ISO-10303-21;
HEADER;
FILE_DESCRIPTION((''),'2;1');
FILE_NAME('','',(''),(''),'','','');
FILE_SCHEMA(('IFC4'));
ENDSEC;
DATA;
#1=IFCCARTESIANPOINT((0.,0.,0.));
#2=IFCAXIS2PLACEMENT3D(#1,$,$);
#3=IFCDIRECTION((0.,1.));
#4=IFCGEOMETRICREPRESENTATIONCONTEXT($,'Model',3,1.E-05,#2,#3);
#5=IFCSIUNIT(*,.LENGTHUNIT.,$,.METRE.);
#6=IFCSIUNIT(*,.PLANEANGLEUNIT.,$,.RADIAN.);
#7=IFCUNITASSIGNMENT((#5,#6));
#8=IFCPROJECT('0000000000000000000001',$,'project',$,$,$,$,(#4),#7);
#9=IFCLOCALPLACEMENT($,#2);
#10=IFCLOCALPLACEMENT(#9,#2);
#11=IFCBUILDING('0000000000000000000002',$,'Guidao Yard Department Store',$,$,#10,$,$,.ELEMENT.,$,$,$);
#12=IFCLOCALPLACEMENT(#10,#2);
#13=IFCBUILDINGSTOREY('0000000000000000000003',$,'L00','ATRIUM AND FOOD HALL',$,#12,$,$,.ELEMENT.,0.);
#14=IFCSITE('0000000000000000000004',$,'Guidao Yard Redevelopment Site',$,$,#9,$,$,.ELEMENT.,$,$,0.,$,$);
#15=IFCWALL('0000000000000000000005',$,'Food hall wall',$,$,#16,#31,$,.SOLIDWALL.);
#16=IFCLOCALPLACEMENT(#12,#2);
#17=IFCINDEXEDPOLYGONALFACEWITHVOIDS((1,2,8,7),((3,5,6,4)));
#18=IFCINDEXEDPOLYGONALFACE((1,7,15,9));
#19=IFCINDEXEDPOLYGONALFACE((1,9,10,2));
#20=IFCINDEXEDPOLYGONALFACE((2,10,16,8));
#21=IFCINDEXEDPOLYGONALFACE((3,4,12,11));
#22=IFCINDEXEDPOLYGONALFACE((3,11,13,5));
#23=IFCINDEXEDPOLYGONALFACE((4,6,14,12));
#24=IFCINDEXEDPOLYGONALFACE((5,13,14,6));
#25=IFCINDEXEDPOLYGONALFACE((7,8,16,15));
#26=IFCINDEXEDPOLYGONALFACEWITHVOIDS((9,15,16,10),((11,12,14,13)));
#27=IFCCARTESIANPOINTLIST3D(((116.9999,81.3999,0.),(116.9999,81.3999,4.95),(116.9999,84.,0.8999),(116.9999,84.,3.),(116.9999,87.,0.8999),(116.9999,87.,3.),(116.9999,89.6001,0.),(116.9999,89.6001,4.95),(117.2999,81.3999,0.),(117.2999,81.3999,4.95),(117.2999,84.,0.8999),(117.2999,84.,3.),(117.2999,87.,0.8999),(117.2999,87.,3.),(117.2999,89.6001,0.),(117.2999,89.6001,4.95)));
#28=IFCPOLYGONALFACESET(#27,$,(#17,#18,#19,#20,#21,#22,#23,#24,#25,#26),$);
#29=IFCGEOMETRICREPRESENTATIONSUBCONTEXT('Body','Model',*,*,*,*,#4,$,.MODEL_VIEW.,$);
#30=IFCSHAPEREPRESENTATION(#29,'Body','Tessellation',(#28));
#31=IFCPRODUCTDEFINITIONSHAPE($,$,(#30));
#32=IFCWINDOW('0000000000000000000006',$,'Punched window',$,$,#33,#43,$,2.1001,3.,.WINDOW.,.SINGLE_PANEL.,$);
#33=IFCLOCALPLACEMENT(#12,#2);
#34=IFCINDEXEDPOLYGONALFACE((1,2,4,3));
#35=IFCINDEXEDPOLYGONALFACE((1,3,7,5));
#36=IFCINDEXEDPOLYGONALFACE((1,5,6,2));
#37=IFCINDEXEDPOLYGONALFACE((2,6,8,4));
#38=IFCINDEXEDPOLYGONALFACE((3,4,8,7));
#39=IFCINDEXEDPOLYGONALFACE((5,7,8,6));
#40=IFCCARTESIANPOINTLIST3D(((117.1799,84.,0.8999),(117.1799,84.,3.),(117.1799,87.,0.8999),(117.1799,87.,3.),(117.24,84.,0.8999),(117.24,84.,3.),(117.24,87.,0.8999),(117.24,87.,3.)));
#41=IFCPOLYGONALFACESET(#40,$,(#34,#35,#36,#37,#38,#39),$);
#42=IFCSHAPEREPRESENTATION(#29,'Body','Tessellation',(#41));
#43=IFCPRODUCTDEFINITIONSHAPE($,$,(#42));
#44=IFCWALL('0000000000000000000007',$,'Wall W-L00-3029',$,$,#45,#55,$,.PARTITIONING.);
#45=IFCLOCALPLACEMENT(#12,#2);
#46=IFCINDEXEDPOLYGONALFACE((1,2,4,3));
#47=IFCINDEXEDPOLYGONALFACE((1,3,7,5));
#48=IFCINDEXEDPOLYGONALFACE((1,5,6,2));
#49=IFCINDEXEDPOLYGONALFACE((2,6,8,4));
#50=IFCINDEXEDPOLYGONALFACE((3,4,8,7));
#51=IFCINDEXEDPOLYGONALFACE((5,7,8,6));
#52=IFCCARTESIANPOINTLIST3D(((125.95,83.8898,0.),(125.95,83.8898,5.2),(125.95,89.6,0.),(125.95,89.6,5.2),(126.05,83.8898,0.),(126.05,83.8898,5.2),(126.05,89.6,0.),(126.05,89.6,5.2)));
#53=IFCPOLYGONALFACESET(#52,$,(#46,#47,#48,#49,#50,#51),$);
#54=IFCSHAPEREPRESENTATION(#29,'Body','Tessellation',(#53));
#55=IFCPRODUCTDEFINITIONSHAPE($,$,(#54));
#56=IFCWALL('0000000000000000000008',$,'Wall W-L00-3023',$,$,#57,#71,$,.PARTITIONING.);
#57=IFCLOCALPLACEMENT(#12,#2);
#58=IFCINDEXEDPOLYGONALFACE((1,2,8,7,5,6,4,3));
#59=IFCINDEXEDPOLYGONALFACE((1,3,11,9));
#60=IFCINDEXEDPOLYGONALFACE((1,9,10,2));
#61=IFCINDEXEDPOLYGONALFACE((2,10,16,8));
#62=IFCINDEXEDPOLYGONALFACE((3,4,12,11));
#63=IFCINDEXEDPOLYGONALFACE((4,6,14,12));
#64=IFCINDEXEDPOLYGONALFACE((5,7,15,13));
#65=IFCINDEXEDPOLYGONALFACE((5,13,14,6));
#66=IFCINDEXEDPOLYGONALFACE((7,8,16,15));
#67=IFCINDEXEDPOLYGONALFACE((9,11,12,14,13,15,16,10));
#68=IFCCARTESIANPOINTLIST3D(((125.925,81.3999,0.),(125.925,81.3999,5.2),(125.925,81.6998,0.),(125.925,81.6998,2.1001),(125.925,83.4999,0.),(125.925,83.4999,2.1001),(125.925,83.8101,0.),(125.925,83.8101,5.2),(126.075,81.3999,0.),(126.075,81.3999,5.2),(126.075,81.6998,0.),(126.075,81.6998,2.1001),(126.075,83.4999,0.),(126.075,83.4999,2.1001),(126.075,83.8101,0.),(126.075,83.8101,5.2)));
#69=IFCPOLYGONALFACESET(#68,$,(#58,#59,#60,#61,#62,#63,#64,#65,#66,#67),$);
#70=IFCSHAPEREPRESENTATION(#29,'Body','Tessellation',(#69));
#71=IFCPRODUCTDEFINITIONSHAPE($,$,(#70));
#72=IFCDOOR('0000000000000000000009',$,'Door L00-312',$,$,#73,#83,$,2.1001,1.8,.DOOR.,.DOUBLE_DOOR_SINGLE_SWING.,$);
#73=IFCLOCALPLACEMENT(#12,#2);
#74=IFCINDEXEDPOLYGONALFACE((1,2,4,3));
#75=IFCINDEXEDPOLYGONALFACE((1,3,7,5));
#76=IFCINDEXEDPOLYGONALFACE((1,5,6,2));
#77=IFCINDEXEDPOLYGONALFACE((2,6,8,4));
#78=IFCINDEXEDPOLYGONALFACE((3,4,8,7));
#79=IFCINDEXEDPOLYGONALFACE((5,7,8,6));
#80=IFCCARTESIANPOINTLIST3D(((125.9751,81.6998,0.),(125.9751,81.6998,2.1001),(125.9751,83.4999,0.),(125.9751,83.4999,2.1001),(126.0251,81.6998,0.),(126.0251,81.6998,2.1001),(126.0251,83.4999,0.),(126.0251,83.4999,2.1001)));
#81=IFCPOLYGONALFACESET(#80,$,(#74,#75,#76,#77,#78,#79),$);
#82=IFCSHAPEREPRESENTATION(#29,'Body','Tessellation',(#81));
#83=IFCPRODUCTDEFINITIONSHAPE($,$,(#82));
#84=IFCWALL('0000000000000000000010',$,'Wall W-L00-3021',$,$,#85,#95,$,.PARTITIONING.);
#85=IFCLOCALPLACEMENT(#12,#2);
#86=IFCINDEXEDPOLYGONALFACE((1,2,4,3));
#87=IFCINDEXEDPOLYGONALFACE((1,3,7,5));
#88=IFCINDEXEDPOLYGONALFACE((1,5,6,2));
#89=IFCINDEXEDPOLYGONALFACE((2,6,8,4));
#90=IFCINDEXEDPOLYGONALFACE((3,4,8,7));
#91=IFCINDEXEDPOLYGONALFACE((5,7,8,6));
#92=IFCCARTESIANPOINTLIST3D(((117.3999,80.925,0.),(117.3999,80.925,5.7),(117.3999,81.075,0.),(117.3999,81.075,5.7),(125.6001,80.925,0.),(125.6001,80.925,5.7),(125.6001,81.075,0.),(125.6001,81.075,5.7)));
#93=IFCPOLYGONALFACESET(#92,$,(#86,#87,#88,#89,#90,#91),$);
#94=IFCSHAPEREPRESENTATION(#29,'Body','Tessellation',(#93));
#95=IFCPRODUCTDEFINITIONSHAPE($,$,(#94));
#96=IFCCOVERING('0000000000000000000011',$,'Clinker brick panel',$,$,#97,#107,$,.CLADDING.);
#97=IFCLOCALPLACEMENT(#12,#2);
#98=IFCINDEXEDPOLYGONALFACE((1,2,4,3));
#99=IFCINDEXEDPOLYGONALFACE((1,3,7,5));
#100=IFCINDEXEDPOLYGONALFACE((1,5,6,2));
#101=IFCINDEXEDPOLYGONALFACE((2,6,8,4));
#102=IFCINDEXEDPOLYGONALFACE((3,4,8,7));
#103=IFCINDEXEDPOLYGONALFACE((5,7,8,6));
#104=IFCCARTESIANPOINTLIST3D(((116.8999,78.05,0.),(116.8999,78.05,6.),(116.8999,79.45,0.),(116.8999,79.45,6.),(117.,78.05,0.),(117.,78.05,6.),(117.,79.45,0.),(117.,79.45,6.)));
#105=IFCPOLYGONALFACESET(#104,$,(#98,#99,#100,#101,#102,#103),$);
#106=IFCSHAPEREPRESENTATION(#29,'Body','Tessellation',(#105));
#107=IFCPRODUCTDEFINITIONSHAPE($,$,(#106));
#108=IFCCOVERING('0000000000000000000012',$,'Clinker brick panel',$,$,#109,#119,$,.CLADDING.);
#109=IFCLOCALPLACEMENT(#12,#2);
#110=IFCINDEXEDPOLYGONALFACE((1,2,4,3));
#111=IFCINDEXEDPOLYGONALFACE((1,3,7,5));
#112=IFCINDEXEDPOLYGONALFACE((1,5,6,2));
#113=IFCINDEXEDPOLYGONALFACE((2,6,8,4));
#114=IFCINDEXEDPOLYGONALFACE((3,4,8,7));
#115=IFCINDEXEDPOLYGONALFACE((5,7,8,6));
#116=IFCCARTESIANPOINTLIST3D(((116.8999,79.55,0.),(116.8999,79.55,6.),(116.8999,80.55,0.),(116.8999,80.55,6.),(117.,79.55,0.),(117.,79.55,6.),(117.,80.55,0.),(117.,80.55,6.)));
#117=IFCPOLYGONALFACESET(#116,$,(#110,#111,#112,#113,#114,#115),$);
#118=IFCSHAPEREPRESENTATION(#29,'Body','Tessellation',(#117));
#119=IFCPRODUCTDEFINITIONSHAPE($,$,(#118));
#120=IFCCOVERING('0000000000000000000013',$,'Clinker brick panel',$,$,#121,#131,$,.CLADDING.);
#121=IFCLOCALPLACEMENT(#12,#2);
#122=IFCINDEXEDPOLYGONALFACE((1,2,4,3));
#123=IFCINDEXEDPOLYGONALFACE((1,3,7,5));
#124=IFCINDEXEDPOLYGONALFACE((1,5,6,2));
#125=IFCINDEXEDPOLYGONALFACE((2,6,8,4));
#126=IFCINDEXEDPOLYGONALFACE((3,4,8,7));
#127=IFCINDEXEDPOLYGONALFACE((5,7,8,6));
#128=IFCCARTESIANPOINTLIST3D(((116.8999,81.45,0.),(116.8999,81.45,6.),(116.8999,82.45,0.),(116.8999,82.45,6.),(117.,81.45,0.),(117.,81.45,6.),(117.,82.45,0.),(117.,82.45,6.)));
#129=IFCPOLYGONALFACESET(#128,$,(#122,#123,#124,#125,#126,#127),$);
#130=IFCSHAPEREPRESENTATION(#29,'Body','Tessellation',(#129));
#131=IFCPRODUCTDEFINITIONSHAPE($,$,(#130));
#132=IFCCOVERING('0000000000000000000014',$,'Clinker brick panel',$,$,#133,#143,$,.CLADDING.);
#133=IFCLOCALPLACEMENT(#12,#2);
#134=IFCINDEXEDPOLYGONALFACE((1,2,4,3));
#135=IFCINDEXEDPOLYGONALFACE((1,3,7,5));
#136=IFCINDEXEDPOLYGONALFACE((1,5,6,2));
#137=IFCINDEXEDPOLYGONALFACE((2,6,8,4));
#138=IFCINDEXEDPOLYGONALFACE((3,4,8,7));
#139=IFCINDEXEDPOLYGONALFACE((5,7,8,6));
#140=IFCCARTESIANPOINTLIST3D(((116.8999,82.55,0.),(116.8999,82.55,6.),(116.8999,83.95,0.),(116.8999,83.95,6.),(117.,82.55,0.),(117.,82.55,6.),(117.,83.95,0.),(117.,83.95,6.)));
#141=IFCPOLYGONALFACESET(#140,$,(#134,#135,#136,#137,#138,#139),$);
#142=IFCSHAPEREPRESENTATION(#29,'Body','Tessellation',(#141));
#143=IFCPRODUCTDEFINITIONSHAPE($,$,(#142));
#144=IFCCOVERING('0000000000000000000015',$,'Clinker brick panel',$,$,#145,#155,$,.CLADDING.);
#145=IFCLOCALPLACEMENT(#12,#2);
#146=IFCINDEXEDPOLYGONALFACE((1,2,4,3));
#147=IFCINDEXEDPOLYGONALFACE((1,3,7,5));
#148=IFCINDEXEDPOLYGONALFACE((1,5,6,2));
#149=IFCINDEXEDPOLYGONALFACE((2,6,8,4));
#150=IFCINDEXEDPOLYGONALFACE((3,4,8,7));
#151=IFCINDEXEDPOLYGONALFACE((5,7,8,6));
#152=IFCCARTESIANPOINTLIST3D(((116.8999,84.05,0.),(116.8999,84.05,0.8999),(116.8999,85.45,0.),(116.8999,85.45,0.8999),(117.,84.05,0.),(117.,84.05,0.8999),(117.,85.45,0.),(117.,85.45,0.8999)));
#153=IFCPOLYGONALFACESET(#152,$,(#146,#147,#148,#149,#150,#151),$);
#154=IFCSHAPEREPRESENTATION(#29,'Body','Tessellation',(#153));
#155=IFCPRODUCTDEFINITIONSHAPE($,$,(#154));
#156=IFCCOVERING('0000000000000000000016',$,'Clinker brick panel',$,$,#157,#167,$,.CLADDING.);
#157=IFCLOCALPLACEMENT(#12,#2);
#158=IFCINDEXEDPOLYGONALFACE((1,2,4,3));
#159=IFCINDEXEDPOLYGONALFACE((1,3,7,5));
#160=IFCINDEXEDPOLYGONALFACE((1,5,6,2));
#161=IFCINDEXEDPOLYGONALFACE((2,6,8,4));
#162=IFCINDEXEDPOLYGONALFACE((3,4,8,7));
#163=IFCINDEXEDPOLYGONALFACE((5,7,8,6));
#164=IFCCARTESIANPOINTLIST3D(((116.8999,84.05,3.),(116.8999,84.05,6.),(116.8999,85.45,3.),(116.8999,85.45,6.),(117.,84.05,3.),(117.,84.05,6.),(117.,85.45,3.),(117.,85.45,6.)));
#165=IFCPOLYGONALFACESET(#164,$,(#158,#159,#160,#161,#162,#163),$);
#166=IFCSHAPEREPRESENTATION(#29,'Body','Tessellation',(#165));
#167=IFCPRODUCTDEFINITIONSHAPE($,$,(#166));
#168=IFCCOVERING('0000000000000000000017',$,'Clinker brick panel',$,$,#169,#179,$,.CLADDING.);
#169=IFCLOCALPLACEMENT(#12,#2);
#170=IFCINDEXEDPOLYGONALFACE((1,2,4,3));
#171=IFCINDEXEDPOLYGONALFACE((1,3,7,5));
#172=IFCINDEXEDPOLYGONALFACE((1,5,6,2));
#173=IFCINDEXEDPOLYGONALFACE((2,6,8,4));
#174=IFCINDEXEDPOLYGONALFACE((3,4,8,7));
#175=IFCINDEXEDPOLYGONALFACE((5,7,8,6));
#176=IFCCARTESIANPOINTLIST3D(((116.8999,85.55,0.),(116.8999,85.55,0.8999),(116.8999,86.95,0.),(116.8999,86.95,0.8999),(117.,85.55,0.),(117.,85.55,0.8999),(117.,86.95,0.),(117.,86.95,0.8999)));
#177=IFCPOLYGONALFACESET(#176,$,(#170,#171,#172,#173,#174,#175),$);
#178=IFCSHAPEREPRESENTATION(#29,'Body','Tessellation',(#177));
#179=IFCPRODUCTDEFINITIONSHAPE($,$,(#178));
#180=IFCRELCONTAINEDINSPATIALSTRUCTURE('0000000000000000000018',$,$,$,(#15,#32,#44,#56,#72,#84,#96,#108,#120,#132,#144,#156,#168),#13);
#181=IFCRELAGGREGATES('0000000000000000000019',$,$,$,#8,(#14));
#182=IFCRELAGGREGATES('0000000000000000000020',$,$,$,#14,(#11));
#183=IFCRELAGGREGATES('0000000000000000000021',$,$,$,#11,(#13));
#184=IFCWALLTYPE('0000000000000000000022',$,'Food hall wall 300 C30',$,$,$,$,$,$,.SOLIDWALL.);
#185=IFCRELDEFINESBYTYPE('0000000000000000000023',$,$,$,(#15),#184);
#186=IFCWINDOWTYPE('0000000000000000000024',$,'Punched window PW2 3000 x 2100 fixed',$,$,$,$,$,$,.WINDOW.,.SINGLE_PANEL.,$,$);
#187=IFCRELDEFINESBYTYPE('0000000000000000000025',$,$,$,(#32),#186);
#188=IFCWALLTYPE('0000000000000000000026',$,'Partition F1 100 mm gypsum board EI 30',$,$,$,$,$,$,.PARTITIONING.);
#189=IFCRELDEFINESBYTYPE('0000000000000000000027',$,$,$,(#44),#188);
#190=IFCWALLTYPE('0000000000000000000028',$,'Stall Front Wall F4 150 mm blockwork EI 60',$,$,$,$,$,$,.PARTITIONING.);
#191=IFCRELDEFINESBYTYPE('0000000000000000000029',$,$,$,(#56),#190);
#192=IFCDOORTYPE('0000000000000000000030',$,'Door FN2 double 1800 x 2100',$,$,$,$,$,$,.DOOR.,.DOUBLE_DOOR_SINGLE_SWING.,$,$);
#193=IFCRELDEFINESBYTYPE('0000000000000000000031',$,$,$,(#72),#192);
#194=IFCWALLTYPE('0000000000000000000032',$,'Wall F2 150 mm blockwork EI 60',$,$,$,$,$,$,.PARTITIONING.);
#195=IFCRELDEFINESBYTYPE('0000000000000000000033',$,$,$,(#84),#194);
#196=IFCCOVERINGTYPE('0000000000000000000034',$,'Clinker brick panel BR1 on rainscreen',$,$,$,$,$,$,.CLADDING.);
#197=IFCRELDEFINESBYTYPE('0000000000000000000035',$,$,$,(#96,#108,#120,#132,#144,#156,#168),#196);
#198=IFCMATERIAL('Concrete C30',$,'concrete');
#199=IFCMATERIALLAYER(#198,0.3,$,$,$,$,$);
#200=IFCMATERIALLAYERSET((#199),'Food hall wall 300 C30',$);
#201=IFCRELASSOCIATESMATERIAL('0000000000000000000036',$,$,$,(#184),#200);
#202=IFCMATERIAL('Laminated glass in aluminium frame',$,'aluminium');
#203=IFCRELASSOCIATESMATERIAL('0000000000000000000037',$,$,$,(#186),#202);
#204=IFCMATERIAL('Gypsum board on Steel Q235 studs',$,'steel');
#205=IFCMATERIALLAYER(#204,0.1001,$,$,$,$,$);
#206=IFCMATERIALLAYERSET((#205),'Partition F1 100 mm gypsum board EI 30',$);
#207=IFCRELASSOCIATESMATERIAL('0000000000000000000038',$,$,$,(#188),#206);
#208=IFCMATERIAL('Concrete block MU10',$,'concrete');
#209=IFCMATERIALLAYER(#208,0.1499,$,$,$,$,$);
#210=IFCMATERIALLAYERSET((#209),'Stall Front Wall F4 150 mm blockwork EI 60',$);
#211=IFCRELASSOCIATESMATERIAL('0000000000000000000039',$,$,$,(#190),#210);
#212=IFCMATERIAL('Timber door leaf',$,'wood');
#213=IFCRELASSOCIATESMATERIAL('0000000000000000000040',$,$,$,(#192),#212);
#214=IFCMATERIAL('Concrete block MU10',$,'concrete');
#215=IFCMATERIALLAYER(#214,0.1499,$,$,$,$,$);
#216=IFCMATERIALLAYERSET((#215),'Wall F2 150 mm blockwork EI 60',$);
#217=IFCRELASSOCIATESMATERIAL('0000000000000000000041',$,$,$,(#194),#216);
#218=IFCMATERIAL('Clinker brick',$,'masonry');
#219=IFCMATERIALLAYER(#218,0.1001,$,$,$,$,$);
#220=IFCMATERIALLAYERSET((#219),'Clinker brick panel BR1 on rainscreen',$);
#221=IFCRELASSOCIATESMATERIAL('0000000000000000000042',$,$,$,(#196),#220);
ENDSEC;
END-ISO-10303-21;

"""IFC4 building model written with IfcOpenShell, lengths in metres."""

from ifc_helpers import new_model, si_unit, direction, frame, frame_2d, origin, origin_2d, place, context, subcontext, project, spatial, rectangle, extrude, material, layer, layer_set, type_object, element, fill, save


model = new_model("IFC4")

# Units and contexts
model_context = context("Model", 3, precision=1e-05, world=origin(), true_north=direction((0.0, 1.0)))
body_context = subcontext(model_context, "Body", "Model", "MODEL_VIEW")
ifc_project = project(units=[si_unit("LENGTHUNIT", "METRE"), si_unit("PLANEANGLEUNIT", "RADIAN")], contexts=[model_context])

# Site, building, storey
site_placement = place(None, origin())
site = spatial("IfcSite", under=ifc_project, at=site_placement, Name="Guidao Yard Redevelopment Site", CompositionType="ELEMENT", RefElevation=0.0)
building_placement = place(site_placement, origin())
building = spatial("IfcBuilding", under=site, at=building_placement, Name="Guidao Yard Department Store", CompositionType="ELEMENT")
storey_placement = place(building_placement, origin())
storey = spatial("IfcBuildingStorey", under=building, at=storey_placement, Name="L00", Description="ATRIUM AND FOOD HALL", CompositionType="ELEMENT", Elevation=0.0)

# Wall, opening, window
ifc_material_1 = material(Name="Concrete C30", Category="concrete")
ifc_layer_1 = layer(ifc_material_1, 0.3)
ifc_layer_set_1 = layer_set([ifc_layer_1], Name="Food hall wall 300 C30")
wall_type_1 = type_object("IfcWallType", Name="Food hall wall 300 C30", PredefinedType="SOLIDWALL", material=ifc_layer_set_1)
wall_1_placement = place(storey_placement, frame((117.1499, 81.3999, 0.0), z_axis=(0.0, 0.0, 1.0), x_axis=(0.0, 1.0, 0.0)))
wall_1 = element("IfcWall", 1, at=wall_1_placement, inside=storey, type_object=wall_type_1, Name="Food hall wall", PredefinedType="SOLIDWALL", context=body_context, shape_type="SweptSolid", body=[
    extrude(rectangle(XDim=8.2002, YDim=0.3, at=frame_2d((4.1001, 0.0))), origin(), (0.0, 0.0, 1.0), 4.95),
])
opening_1_placement = place(wall_1_placement, frame((2.6001, 0.0, 0.8999)))
opening_1 = element("IfcOpeningElement", 2, at=opening_1_placement, cuts=wall_1, PredefinedType="OPENING", context=body_context, shape_type="SweptSolid", body=[
    extrude(rectangle(XDim=3.0, YDim=2.1001, at=frame_2d((1.5, 1.05))), frame((0.0, 0.1599, 0.0), z_axis=(0.0, -1.0, 0.0), x_axis=(1.0, 0.0, 0.0)), (0.0, 0.0, 1.0), 0.3201),
])
ifc_material_2 = material(Name="Laminated glass in aluminium frame", Category="aluminium")
window_type = type_object("IfcWindowType", Name="Punched window PW2 3000 x 2100 fixed", PartitioningType="SINGLE_PANEL", PredefinedType="WINDOW", material=ifc_material_2)
window_placement = place(opening_1_placement, origin())
window = element("IfcWindow", 3, at=window_placement, inside=storey, type_object=window_type, Name="Punched window", OverallHeight=2.1001, OverallWidth=3.0, PartitioningType="SINGLE_PANEL", PredefinedType="WINDOW", context=body_context, shape_type="SweptSolid", body=[
    extrude(rectangle(XDim=3.0, YDim=2.1001, at=frame_2d((1.5, 1.05))), frame((0.0, -0.03, 0.0), z_axis=(0.0, -1.0, 0.0), x_axis=(1.0, 0.0, 0.0)), (0.0, 0.0, 1.0), 0.0601),
])
fill(opening_1, window)

# Wall
ifc_material_3 = material(Name="Gypsum board on Steel Q235 studs", Category="steel")
ifc_layer_2 = layer(ifc_material_3, 0.1001)
ifc_layer_set_2 = layer_set([ifc_layer_2], Name="Partition F1 100 mm gypsum board EI 30")
wall_type_2 = type_object("IfcWallType", Name="Partition F1 100 mm gypsum board EI 30", PredefinedType="PARTITIONING", material=ifc_layer_set_2)
wall_2_placement = place(storey_placement, frame((126.0, 83.8899, 0.0), z_axis=(0.0, 0.0, 1.0), x_axis=(0.0, 1.0, 0.0)))
element("IfcWall", 4, at=wall_2_placement, inside=storey, type_object=wall_type_2, Name="Wall W-L00-3029", PredefinedType="PARTITIONING", context=body_context, shape_type="SweptSolid", body=[
    extrude(rectangle(XDim=5.7102, YDim=0.1001, at=frame_2d((2.855, 0.0))), origin(), (0.0, 0.0, 1.0), 5.2),
])

# Wall, opening, door
ifc_material_4 = material(Name="Concrete block MU10", Category="concrete")
ifc_layer_3 = layer(ifc_material_4, 0.1499)
ifc_layer_set_3 = layer_set([ifc_layer_3], Name="Stall Front Wall F4 150 mm blockwork EI 60")
wall_type_3 = type_object("IfcWallType", Name="Stall Front Wall F4 150 mm blockwork EI 60", PredefinedType="PARTITIONING", material=ifc_layer_set_3)
wall_3_placement = place(storey_placement, frame((126.0, 81.3999, 0.0), z_axis=(0.0, 0.0, 1.0), x_axis=(0.0, 1.0, 0.0)))
wall_3 = element("IfcWall", 5, at=wall_3_placement, inside=storey, type_object=wall_type_3, Name="Wall W-L00-3023", PredefinedType="PARTITIONING", context=body_context, shape_type="SweptSolid", body=[
    extrude(rectangle(XDim=2.4102, YDim=0.1499, at=frame_2d((1.2051, 0.0))), origin(), (0.0, 0.0, 1.0), 5.2),
])
opening_2_placement = place(wall_3_placement, frame((0.3, 0.0, 0.0)))
opening_2 = element("IfcOpeningElement", 6, at=opening_2_placement, cuts=wall_3, PredefinedType="OPENING", context=body_context, shape_type="SweptSolid", body=[
    extrude(rectangle(XDim=1.8, YDim=2.1001, at=frame_2d((0.8999, 1.05))), frame((0.0, 0.085, 0.0), z_axis=(0.0, -1.0, 0.0), x_axis=(1.0, 0.0, 0.0)), (0.0, 0.0, 1.0), 0.1699),
])
ifc_material_5 = material(Name="Timber door leaf", Category="wood")
door_type_1 = type_object("IfcDoorType", Name="Door FN2 double 1800 x 2100", OperationType="DOUBLE_DOOR_SINGLE_SWING", PredefinedType="DOOR", material=ifc_material_5)
door_1_placement = place(opening_2_placement, origin())
door_1 = element("IfcDoor", 7, at=door_1_placement, inside=storey, type_object=door_type_1, Name="Door L00-312", OperationType="DOUBLE_DOOR_SINGLE_SWING", OverallHeight=2.1001, OverallWidth=1.8, PredefinedType="DOOR", context=body_context, shape_type="SweptSolid", body=[
    extrude(rectangle(XDim=1.8, YDim=2.1001, at=frame_2d((0.8999, 1.05))), frame((0.0, 0.0249, 0.0), z_axis=(0.0, -1.0, 0.0), x_axis=(1.0, 0.0, 0.0)), (0.0, 0.0, 1.0), 0.05),
])
fill(opening_2, door_1)

# Wall
ifc_material_6 = material(Name="Concrete block MU10", Category="concrete")
ifc_layer_4 = layer(ifc_material_6, 0.1499)
ifc_layer_set_4 = layer_set([ifc_layer_4], Name="Wall F2 150 mm blockwork EI 60")
wall_type_4 = type_object("IfcWallType", Name="Wall F2 150 mm blockwork EI 60", PredefinedType="PARTITIONING", material=ifc_layer_set_4)
wall_4_placement = place(storey_placement, frame((117.3999, 81.0, 0.0), z_axis=(0.0, 0.0, 1.0), x_axis=(1.0, 0.0, 0.0)))
element("IfcWall", 8, at=wall_4_placement, inside=storey, type_object=wall_type_4, Name="Wall W-L00-3021", PredefinedType="PARTITIONING", context=body_context, shape_type="SweptSolid", body=[
    extrude(rectangle(XDim=8.2002, YDim=0.1499, at=frame_2d((4.1001, 0.0))), origin(), (0.0, 0.0, 1.0), 5.7),
])

# Coverings
ifc_material_7 = material(Name="Clinker brick", Category="masonry")
ifc_layer_5 = layer(ifc_material_7, 0.1001)
ifc_layer_set_5 = layer_set([ifc_layer_5], Name="Clinker brick panel BR1 on rainscreen")
covering_type = type_object("IfcCoveringType", Name="Clinker brick panel BR1 on rainscreen", PredefinedType="CLADDING", material=ifc_layer_set_5)
covering_1_placement = place(storey_placement, frame((116.95, 78.75, 0.0), z_axis=(0.0, 0.0, 1.0), x_axis=(0.0, 1.0, 0.0)))
element("IfcCovering", 9, at=covering_1_placement, inside=storey, type_object=covering_type, Name="Clinker brick panel", PredefinedType="CLADDING", context=body_context, shape_type="SweptSolid", body=[
    extrude(rectangle(XDim=1.3999, YDim=0.1001, at=origin_2d()), origin(), (0.0, 0.0, 1.0), 6.0),
])
for number, where, z_axis, x_axis, name in (
    (10, (116.95, 80.05, 0.0), (0.0, 0.0, 1.0), (0.0, 1.0, 0.0), "Clinker brick panel"),
    (11, (116.95, 81.95, 0.0), (0.0, 0.0, 1.0), (0.0, 1.0, 0.0), "Clinker brick panel"),
):
    element("IfcCovering", number, at=place(storey_placement, frame(where, z_axis=z_axis, x_axis=x_axis)), inside=storey, type_object=covering_type, Name=name, PredefinedType="CLADDING", context=body_context, shape_type="SweptSolid", body=[
        extrude(rectangle(XDim=1.0, YDim=0.1001, at=origin_2d()), origin(), (0.0, 0.0, 1.0), 6.0),
    ])
covering_2_placement = place(storey_placement, frame((116.95, 83.25, 0.0), z_axis=(0.0, 0.0, 1.0), x_axis=(0.0, 1.0, 0.0)))
element("IfcCovering", 12, at=covering_2_placement, inside=storey, type_object=covering_type, Name="Clinker brick panel", PredefinedType="CLADDING", context=body_context, shape_type="SweptSolid", body=[
    extrude(rectangle(XDim=1.3999, YDim=0.1001, at=origin_2d()), origin(), (0.0, 0.0, 1.0), 6.0),
])
covering_3_placement = place(storey_placement, frame((116.95, 84.75, 0.0), z_axis=(0.0, 0.0, 1.0), x_axis=(0.0, 1.0, 0.0)))
element("IfcCovering", 13, at=covering_3_placement, inside=storey, type_object=covering_type, Name="Clinker brick panel", PredefinedType="CLADDING", context=body_context, shape_type="SweptSolid", body=[
    extrude(rectangle(XDim=1.3999, YDim=0.1001, at=origin_2d()), origin(), (0.0, 0.0, 1.0), 0.8999),
])
covering_4_placement = place(storey_placement, frame((116.95, 84.75, 3.0), z_axis=(0.0, 0.0, 1.0), x_axis=(0.0, 1.0, 0.0)))
element("IfcCovering", 14, at=covering_4_placement, inside=storey, type_object=covering_type, Name="Clinker brick panel", PredefinedType="CLADDING", context=body_context, shape_type="SweptSolid", body=[
    extrude(rectangle(XDim=1.3999, YDim=0.1001, at=origin_2d()), origin(), (0.0, 0.0, 1.0), 3.0),
])
covering_5_placement = place(storey_placement, frame((116.95, 86.25, 0.0), z_axis=(0.0, 0.0, 1.0), x_axis=(0.0, 1.0, 0.0)))
element("IfcCovering", 15, at=covering_5_placement, inside=storey, type_object=covering_type, Name="Clinker brick panel", PredefinedType="CLADDING", context=body_context, shape_type="SweptSolid", body=[
    extrude(rectangle(XDim=1.3999, YDim=0.1001, at=origin_2d()), origin(), (0.0, 0.0, 1.0), 0.8999),
])

save(model, "model.ifc")
